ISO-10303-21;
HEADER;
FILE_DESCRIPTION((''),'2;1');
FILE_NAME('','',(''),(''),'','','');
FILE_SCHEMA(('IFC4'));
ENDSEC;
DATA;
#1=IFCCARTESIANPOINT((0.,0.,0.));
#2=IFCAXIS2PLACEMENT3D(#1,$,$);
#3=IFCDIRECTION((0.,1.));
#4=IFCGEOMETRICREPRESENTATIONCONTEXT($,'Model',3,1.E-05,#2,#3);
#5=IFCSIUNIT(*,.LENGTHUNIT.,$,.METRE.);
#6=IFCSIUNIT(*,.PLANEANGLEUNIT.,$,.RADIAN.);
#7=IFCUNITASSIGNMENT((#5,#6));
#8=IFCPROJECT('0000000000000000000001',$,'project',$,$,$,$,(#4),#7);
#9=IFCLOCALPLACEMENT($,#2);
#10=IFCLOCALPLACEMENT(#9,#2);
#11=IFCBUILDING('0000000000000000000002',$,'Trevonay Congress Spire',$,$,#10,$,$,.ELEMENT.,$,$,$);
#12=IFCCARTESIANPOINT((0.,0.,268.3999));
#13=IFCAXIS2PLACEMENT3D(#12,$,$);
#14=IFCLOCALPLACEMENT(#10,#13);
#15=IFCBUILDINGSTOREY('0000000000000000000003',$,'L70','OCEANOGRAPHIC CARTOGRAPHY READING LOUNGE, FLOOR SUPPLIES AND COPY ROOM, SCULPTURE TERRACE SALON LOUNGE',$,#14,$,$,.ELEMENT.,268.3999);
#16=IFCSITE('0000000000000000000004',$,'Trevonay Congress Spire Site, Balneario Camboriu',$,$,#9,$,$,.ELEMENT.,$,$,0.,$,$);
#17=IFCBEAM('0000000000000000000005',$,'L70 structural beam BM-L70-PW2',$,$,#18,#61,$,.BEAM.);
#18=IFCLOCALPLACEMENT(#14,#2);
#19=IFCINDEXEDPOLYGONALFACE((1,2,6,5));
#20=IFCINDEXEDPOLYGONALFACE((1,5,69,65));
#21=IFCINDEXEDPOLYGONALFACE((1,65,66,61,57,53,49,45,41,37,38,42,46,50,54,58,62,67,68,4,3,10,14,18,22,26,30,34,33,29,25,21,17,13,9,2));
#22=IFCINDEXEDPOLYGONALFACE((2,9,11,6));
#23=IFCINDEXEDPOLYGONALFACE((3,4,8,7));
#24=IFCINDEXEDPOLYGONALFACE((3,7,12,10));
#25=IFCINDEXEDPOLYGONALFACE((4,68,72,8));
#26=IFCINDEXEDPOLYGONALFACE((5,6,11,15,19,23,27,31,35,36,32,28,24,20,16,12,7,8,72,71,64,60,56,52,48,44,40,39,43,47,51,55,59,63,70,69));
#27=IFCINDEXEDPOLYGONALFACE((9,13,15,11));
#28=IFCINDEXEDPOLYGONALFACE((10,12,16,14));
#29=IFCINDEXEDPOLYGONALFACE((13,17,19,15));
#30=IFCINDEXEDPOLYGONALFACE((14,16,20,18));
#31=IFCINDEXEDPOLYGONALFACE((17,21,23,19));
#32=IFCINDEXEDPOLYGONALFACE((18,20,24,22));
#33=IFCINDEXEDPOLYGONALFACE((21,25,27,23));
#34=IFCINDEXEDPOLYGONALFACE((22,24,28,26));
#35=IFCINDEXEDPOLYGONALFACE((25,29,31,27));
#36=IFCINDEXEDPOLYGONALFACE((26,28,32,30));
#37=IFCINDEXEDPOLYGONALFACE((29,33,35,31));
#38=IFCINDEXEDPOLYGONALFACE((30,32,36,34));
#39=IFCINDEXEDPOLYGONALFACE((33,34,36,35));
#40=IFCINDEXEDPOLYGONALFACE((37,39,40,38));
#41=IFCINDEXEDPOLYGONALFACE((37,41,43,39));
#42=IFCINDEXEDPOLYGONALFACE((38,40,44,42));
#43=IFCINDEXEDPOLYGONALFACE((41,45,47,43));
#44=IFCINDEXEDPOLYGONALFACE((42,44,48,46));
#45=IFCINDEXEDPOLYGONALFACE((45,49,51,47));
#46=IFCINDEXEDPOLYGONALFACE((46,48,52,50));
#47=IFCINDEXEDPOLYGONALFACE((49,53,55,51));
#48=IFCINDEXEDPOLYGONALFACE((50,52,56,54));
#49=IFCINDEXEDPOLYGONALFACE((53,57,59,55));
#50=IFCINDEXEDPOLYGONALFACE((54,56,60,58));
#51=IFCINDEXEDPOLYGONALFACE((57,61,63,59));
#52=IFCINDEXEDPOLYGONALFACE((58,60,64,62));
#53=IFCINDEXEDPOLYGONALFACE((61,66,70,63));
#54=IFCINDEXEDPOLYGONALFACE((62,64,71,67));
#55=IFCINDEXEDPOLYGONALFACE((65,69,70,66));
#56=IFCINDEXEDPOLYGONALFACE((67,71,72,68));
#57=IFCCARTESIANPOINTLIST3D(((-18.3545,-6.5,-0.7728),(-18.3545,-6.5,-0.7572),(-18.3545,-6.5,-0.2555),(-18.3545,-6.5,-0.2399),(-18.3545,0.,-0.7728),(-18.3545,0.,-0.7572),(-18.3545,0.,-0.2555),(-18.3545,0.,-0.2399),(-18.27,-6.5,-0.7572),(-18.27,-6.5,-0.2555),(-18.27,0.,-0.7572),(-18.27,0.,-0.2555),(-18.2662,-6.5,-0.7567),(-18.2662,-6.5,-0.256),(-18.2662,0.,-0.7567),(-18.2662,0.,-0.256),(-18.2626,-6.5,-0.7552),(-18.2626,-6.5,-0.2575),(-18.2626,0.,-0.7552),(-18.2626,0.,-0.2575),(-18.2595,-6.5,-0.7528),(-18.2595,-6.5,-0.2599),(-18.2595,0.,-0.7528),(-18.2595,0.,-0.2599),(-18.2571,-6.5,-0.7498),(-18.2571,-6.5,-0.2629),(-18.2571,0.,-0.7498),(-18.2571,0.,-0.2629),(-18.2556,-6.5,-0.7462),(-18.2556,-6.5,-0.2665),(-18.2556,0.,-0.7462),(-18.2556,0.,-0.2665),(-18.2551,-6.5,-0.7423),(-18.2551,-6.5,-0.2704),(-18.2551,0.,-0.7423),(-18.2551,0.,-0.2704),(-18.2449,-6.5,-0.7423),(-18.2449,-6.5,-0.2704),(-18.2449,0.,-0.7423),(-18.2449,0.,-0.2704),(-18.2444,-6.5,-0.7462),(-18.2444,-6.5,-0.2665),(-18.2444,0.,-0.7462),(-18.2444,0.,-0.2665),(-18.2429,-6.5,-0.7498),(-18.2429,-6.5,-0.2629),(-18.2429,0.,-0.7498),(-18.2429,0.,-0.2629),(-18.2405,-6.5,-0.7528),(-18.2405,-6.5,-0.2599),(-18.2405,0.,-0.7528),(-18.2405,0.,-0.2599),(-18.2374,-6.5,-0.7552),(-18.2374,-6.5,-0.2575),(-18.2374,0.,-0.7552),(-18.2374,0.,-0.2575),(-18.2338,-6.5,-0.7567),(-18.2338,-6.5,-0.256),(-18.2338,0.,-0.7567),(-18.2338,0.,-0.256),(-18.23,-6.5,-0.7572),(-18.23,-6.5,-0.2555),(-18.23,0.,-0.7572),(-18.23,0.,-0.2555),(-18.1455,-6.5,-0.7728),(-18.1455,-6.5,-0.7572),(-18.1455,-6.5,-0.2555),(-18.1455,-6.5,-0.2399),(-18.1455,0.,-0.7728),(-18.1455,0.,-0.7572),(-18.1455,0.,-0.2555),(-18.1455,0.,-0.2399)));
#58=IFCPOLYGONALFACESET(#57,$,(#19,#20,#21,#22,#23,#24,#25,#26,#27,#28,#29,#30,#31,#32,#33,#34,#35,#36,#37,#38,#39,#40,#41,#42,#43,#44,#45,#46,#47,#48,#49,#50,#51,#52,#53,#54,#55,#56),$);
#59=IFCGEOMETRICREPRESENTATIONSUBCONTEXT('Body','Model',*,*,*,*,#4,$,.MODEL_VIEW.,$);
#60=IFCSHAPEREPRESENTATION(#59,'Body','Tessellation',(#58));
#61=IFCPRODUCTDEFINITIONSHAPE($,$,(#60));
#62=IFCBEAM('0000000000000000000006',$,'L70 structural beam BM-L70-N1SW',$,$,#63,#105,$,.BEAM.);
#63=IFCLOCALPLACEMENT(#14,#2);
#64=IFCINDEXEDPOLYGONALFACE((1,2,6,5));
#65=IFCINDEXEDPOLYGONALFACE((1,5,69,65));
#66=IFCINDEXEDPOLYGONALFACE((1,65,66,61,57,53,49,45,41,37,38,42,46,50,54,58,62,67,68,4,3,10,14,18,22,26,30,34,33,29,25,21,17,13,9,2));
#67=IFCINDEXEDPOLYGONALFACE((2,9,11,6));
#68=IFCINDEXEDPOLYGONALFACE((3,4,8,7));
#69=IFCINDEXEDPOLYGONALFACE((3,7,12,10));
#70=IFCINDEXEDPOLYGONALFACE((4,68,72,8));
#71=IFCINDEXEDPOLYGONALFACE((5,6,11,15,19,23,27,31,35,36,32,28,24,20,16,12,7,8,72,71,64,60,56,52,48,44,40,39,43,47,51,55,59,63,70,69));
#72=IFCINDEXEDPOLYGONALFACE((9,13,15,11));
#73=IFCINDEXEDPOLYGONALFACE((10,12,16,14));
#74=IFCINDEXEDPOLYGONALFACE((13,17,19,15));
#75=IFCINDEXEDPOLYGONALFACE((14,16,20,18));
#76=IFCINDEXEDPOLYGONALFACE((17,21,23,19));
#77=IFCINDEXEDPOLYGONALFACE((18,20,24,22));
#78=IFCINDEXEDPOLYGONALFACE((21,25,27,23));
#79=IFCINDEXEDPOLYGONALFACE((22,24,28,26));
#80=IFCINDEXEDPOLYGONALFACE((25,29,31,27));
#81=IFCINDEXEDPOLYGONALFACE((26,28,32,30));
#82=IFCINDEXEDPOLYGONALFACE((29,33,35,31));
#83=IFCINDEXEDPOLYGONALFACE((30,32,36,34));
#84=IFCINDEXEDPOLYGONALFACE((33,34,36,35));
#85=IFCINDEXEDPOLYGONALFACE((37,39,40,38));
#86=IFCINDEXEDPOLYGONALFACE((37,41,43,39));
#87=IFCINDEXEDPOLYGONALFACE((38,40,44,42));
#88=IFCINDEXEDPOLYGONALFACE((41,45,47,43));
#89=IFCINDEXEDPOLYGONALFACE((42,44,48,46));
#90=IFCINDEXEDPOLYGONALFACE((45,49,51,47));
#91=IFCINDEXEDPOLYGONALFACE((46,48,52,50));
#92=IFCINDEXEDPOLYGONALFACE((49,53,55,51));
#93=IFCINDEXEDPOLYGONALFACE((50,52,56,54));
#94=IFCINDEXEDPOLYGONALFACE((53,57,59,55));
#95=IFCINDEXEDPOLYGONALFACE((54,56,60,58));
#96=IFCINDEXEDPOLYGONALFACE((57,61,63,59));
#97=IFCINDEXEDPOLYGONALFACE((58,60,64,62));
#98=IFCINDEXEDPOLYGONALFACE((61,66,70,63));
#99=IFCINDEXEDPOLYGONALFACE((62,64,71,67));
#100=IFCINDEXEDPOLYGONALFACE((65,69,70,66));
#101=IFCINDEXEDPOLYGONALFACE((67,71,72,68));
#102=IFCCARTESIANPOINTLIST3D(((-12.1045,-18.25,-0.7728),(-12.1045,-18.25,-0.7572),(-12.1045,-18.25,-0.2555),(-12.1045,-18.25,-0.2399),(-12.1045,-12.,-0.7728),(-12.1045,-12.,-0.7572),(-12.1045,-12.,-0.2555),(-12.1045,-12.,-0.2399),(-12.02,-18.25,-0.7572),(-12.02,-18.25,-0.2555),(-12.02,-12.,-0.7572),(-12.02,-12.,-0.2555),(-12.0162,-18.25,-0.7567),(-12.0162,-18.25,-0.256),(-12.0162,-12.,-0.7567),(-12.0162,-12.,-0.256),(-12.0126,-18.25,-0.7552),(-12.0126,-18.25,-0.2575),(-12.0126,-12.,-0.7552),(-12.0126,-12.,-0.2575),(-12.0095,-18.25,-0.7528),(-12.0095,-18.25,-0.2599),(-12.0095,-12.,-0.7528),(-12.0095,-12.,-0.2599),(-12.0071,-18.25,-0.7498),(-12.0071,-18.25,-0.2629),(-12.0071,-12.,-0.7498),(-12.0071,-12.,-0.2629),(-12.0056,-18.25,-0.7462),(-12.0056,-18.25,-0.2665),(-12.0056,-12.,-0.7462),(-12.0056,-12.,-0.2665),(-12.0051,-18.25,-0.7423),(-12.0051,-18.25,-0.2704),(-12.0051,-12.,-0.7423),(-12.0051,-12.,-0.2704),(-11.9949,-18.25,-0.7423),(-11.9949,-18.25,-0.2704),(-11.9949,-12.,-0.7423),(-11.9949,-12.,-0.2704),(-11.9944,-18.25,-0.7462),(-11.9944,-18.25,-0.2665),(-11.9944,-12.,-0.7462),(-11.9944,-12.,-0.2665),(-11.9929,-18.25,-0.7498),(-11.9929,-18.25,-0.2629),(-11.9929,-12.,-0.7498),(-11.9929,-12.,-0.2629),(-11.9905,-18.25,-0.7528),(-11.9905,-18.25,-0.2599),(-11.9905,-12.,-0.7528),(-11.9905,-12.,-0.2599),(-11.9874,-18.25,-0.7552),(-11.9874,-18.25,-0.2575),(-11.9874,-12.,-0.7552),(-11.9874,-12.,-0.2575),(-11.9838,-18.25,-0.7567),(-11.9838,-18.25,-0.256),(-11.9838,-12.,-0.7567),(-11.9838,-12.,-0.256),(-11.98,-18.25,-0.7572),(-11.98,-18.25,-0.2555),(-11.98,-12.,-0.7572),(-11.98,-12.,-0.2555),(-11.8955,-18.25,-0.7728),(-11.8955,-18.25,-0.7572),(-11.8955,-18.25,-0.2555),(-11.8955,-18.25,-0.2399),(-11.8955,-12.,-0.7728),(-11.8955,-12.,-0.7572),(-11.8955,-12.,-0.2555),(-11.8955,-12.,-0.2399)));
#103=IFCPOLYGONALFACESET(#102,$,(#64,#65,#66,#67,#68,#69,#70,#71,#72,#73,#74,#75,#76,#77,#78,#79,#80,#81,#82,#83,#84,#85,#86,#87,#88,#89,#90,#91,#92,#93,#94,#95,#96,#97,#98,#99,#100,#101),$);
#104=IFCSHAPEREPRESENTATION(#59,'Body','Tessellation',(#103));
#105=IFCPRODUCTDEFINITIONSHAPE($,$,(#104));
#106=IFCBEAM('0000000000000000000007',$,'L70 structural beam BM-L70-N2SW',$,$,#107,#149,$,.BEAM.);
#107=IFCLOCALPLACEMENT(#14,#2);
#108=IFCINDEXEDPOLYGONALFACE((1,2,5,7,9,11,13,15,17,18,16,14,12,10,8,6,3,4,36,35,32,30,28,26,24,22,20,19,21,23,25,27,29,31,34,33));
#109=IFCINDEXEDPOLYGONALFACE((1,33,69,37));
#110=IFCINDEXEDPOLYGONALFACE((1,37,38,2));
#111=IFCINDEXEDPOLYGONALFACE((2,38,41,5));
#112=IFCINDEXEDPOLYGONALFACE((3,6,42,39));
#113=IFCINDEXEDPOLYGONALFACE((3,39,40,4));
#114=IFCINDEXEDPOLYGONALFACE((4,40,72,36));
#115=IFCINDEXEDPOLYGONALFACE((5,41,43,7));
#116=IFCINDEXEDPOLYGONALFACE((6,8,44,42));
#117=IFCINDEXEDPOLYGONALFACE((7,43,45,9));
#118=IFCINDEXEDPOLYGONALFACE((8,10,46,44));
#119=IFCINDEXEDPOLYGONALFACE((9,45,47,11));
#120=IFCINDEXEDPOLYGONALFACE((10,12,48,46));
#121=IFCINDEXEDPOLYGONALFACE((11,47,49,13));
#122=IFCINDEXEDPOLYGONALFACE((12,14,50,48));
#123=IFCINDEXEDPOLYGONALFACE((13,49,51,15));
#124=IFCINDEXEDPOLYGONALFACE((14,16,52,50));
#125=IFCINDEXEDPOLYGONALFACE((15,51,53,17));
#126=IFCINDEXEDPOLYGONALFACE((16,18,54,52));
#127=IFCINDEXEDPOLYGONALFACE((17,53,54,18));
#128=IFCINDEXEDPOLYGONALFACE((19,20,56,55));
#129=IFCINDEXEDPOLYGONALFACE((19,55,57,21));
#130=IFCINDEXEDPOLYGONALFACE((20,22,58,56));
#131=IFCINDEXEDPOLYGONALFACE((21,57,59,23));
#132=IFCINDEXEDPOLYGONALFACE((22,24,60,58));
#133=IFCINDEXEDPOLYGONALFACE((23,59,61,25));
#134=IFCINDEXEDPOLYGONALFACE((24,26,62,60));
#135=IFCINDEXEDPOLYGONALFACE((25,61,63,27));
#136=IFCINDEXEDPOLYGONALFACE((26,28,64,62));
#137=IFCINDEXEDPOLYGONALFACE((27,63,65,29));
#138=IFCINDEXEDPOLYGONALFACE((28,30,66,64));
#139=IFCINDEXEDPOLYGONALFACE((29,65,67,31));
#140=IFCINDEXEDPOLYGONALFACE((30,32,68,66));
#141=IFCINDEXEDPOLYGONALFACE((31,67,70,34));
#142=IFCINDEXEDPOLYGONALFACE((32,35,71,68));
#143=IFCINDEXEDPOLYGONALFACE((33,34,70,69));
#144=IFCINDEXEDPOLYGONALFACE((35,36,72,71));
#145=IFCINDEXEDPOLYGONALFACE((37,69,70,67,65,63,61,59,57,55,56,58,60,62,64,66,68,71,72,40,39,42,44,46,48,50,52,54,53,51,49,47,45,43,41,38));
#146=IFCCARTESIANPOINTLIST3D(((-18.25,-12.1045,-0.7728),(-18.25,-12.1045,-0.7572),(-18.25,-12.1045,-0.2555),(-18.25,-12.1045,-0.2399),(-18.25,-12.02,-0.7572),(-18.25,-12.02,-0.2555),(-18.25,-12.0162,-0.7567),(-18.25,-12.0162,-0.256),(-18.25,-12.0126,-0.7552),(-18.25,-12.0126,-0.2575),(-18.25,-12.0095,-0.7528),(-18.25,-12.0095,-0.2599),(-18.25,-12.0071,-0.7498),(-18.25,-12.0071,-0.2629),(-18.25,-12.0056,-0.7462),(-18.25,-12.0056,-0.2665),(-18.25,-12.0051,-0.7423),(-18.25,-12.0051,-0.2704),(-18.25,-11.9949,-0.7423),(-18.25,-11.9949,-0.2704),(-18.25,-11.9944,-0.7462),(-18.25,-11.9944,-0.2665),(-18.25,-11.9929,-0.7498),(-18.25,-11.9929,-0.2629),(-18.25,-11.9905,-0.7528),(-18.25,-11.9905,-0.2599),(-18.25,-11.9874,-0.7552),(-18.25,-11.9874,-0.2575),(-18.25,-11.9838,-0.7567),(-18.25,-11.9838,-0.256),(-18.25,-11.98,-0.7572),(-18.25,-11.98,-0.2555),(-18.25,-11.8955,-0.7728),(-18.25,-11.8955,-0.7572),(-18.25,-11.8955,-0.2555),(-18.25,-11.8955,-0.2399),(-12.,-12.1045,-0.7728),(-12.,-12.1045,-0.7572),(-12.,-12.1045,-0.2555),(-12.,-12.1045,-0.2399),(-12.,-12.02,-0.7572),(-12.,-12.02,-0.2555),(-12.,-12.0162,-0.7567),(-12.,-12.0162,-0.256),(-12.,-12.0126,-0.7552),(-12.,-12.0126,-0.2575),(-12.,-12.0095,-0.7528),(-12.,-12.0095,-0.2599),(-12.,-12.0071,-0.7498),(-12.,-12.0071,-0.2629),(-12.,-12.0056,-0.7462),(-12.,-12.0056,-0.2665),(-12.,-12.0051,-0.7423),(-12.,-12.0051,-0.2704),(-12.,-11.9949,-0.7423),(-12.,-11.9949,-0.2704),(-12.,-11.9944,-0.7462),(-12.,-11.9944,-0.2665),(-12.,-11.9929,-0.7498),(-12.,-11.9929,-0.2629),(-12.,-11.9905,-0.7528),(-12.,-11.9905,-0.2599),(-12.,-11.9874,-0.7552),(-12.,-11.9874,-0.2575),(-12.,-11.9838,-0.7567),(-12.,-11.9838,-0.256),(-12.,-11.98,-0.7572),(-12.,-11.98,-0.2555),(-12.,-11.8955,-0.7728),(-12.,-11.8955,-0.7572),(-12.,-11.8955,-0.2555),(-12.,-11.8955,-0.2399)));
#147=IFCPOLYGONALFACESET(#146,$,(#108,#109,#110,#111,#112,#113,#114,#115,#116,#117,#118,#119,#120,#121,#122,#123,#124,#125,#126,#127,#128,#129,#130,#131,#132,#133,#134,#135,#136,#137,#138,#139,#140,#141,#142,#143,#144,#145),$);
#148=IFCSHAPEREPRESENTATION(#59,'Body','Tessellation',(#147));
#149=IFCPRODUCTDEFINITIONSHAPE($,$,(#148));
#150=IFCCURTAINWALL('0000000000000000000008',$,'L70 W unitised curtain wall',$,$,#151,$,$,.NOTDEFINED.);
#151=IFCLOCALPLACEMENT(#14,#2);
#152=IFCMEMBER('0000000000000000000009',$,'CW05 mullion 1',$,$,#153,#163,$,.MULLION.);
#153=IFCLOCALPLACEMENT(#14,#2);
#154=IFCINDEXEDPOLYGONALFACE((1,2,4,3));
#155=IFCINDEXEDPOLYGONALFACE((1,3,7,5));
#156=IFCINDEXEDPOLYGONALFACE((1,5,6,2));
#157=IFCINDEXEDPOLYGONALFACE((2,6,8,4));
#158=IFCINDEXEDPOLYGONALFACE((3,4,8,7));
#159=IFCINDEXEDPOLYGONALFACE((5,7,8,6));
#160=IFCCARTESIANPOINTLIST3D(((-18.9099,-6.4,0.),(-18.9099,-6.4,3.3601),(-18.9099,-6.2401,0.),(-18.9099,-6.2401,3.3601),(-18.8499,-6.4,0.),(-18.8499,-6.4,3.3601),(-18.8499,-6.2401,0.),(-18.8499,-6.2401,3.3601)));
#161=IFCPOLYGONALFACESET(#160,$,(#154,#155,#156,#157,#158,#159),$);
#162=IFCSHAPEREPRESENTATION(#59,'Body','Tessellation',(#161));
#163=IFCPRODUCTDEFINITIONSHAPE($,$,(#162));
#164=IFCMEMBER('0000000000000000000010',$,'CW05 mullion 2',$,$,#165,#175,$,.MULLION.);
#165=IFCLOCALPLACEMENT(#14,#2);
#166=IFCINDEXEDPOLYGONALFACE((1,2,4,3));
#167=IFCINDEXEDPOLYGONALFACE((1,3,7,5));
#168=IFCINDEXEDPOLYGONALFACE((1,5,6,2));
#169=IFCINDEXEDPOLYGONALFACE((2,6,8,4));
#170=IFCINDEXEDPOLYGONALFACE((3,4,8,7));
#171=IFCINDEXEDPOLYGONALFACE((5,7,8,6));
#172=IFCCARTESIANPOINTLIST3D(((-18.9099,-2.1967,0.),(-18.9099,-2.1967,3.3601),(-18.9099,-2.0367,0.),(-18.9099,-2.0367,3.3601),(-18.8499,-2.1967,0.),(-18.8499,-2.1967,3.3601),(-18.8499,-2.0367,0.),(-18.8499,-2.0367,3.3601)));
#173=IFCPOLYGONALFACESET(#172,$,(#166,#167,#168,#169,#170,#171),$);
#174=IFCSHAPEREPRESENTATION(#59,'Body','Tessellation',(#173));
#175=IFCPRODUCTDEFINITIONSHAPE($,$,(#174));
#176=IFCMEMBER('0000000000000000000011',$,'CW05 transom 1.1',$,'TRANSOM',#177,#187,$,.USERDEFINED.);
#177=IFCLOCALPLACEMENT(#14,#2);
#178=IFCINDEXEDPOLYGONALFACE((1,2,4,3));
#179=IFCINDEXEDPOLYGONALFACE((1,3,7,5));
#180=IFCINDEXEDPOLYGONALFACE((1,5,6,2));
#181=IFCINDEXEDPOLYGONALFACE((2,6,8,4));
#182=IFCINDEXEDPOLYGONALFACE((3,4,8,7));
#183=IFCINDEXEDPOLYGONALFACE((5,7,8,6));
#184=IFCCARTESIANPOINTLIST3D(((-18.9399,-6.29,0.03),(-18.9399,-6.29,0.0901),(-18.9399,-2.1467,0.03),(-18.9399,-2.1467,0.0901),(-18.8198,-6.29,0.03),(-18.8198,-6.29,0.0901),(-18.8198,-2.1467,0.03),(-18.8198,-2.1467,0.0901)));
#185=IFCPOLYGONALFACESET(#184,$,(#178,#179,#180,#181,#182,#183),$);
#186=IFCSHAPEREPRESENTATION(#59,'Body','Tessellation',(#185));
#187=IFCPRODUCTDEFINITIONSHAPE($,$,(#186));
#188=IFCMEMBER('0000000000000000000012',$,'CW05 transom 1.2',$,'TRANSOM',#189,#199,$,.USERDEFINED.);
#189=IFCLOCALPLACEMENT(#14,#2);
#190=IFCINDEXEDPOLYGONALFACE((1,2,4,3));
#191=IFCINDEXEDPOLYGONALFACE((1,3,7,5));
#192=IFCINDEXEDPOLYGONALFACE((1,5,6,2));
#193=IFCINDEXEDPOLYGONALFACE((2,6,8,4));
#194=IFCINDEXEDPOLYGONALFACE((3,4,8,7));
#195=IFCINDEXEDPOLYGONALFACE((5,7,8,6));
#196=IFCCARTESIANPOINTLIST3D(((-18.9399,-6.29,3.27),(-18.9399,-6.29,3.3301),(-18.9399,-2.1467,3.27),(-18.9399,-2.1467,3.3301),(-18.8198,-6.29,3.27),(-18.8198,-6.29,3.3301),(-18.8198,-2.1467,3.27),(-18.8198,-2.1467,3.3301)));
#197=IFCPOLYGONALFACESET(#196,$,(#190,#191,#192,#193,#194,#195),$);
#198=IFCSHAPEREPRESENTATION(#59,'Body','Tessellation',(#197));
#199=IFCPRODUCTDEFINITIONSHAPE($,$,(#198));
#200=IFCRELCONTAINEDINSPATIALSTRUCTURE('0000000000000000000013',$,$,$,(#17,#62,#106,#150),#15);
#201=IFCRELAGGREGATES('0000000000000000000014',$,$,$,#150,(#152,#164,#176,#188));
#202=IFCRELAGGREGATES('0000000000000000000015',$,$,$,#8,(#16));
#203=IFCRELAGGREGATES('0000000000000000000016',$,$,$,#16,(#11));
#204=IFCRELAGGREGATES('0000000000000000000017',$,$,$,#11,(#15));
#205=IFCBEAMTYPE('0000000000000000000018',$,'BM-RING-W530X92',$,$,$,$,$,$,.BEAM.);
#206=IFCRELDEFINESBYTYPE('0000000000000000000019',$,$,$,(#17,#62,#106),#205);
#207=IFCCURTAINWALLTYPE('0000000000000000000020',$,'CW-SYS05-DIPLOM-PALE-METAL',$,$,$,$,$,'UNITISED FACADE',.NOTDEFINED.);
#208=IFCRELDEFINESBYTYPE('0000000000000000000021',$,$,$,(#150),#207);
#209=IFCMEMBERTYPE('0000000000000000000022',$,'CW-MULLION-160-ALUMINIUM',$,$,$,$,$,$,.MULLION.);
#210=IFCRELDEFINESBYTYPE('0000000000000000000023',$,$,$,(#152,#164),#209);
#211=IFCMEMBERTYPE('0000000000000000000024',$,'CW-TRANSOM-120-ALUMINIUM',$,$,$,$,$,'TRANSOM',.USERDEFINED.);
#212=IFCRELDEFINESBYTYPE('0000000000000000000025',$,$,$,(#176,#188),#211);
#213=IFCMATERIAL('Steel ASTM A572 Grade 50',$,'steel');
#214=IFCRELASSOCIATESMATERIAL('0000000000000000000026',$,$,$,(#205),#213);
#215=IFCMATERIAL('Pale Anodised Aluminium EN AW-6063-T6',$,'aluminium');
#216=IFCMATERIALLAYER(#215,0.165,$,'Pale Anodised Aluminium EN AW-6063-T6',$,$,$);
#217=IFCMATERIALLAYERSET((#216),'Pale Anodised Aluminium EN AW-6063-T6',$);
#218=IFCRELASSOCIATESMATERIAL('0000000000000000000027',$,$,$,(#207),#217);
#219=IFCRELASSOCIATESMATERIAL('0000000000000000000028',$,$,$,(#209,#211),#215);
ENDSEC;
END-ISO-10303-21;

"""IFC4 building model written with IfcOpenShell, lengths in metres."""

from ifc_helpers import new_model, si_unit, direction, frame, origin, origin_2d, place, context, subcontext, project, spatial, rectangle, i_section, extrude, material, layer, layer_set, material_profile, profile_set, type_object, element, aggregate, save


model = new_model("IFC4")

# Units and contexts
model_context = context("Model", 3, precision=1e-05, world=origin(), true_north=direction((0.0, 1.0)))
body_context = subcontext(model_context, "Body", "Model", "MODEL_VIEW")
ifc_project = project(units=[si_unit("LENGTHUNIT", "METRE"), si_unit("PLANEANGLEUNIT", "RADIAN")], contexts=[model_context])

# Site, building, storey
site_placement = place(None, origin())
site = spatial("IfcSite", under=ifc_project, at=site_placement, Name="Trevonay Congress Spire Site, Balneario Camboriu", CompositionType="ELEMENT", RefElevation=0.0)
building_placement = place(site_placement, origin())
building = spatial("IfcBuilding", under=site, at=building_placement, Name="Trevonay Congress Spire", CompositionType="ELEMENT")
storey_placement = place(building_placement, frame((0.0, 0.0, 268.3999)))
storey = spatial("IfcBuildingStorey", under=building, at=storey_placement, Name="L70", Description="OCEANOGRAPHIC CARTOGRAPHY READING LOUNGE, FLOOR SUPPLIES AND COPY ROOM, SCULPTURE TERRACE SALON LOUNGE", CompositionType="ELEMENT", Elevation=268.3999)

# Shared definitions
ifc_material_1 = material(Name="Steel ASTM A572 Grade 50", Category="steel")

# Beams
ifc_material_profile_1 = material_profile(ifc_material_1, i_section(OverallWidth=0.209, OverallDepth=0.533, WebThickness=0.0103, FlangeThickness=0.0156, FilletRadius=0.0149, at=origin_2d()), Name="W530x92")
ifc_profile_set_1 = profile_set([ifc_material_profile_1], Name="Steel ASTM A572 Grade 50")
beam_type_1 = type_object("IfcBeamType", Name="BM-RING-W530X92", PredefinedType="BEAM", material=ifc_profile_set_1)
beam_1_placement = place(storey_placement, frame((-18.25, -6.5, -0.5063), z_axis=(0.0, 1.0, 0.0), x_axis=(-1.0, 0.0, 0.0)))
element("IfcBeam", 1, at=beam_1_placement, inside=storey, type_object=beam_type_1, Name="L70 structural beam BM-L70-PW2", PredefinedType="BEAM", context=body_context, shape_type="SweptSolid", body=[
    extrude(i_section(OverallWidth=0.209, OverallDepth=0.533, WebThickness=0.0103, FlangeThickness=0.0156, FilletRadius=0.0149, at=origin_2d()), origin(), (0.0, 0.0, 1.0), 6.5),
])
for number, where, z_axis, x_axis, name in (
    (2, (-12.0, -18.25, -0.5063), (0.0, 1.0, 0.0), (-1.0, 0.0, 0.0), "L70 structural beam BM-L70-N1SW"),
    (3, (-18.25, -12.0, -0.5063), (1.0, 0.0, 0.0), (0.0, 1.0, 0.0), "L70 structural beam BM-L70-N2SW"),
):
    element("IfcBeam", number, at=place(storey_placement, frame(where, z_axis=z_axis, x_axis=x_axis)), inside=storey, type_object=beam_type_1, Name=name, PredefinedType="BEAM", context=body_context, shape_type="SweptSolid", body=[
        extrude(i_section(OverallWidth=0.209, OverallDepth=0.533, WebThickness=0.0103, FlangeThickness=0.0156, FilletRadius=0.0149, at=origin_2d()), origin(), (0.0, 0.0, 1.0), 6.25),
    ])

# Curtain wall, members
ifc_material_2 = material(Name="Pale Anodised Aluminium EN AW-6063-T6", Category="aluminium")
ifc_layer_1 = layer(ifc_material_2, 0.165, Name="Pale Anodised Aluminium EN AW-6063-T6")
ifc_layer_set_1 = layer_set([ifc_layer_1], Name="Pale Anodised Aluminium EN AW-6063-T6")
curtain_wall_type = type_object("IfcCurtainWallType", Name="CW-SYS05-DIPLOM-PALE-METAL", ElementType="UNITISED FACADE", PredefinedType="NOTDEFINED", material=ifc_layer_set_1)
curtain_wall_placement = place(storey_placement, origin())
curtain_wall = element("IfcCurtainWall", 4, at=curtain_wall_placement, inside=storey, type_object=curtain_wall_type, Name="L70 W unitised curtain wall", PredefinedType="NOTDEFINED")
ifc_material_profile_2 = material_profile(ifc_material_2, rectangle(XDim=0.0601, YDim=0.1599, at=origin_2d()), Name="CW-MULLION-160-ALUMINIUM")
ifc_profile_set_2 = profile_set([ifc_material_profile_2], Name="Pale Anodised Aluminium EN AW-6063-T6")
member_type_1 = type_object("IfcMemberType", Name="CW-MULLION-160-ALUMINIUM", PredefinedType="MULLION", material=ifc_profile_set_2)
member_1_placement = place(storey_placement, frame((-18.8799, -6.3201, 0.0), z_axis=(0.0, 0.0, 1.0), x_axis=(-1.0, 0.0, 0.0)))
member_1 = element("IfcMember", 5, at=member_1_placement, type_object=member_type_1, Name="CW05 mullion 1", PredefinedType="MULLION", context=body_context, shape_type="SweptSolid", body=[
    extrude(rectangle(XDim=0.0601, YDim=0.1599, at=origin_2d()), origin(), (0.0, 0.0, 1.0), 3.3601),
])
member_2_placement = place(storey_placement, frame((-18.8799, -2.1167, 0.0), z_axis=(0.0, 0.0, 1.0), x_axis=(-1.0, 0.0, 0.0)))
member_2 = element("IfcMember", 6, at=member_2_placement, type_object=member_type_1, Name="CW05 mullion 2", PredefinedType="MULLION", context=body_context, shape_type="SweptSolid", body=[
    extrude(rectangle(XDim=0.0601, YDim=0.1599, at=origin_2d()), origin(), (0.0, 0.0, 1.0), 3.3601),
])
ifc_material_profile_3 = material_profile(ifc_material_2, rectangle(XDim=0.1201, YDim=0.0601, at=origin_2d()), Name="CW-TRANSOM-120-ALUMINIUM")
ifc_profile_set_3 = profile_set([ifc_material_profile_3], Name="Pale Anodised Aluminium EN AW-6063-T6")
member_type_2 = type_object("IfcMemberType", Name="CW-TRANSOM-120-ALUMINIUM", ElementType="TRANSOM", PredefinedType="USERDEFINED", material=ifc_profile_set_3)
member_3_placement = place(storey_placement, frame((-18.8799, -6.29, 0.0601), z_axis=(0.0, 1.0, 0.0), x_axis=(-1.0, 0.0, 0.0)))
member_3 = element("IfcMember", 7, at=member_3_placement, type_object=member_type_2, Name="CW05 transom 1.1", ObjectType="TRANSOM", PredefinedType="USERDEFINED", context=body_context, shape_type="SweptSolid", body=[
    extrude(rectangle(XDim=0.1201, YDim=0.0601, at=origin_2d()), origin(), (0.0, 0.0, 1.0), 4.1433),
])
member_4_placement = place(storey_placement, frame((-18.8799, -6.29, 3.3), z_axis=(0.0, 1.0, 0.0), x_axis=(-1.0, 0.0, 0.0)))
member_4 = element("IfcMember", 8, at=member_4_placement, type_object=member_type_2, Name="CW05 transom 1.2", ObjectType="TRANSOM", PredefinedType="USERDEFINED", context=body_context, shape_type="SweptSolid", body=[
    extrude(rectangle(XDim=0.1201, YDim=0.0601, at=origin_2d()), origin(), (0.0, 0.0, 1.0), 4.1433),
])

aggregate(curtain_wall, [member_1, member_2, member_3, member_4])

save(model, "model.ifc")
